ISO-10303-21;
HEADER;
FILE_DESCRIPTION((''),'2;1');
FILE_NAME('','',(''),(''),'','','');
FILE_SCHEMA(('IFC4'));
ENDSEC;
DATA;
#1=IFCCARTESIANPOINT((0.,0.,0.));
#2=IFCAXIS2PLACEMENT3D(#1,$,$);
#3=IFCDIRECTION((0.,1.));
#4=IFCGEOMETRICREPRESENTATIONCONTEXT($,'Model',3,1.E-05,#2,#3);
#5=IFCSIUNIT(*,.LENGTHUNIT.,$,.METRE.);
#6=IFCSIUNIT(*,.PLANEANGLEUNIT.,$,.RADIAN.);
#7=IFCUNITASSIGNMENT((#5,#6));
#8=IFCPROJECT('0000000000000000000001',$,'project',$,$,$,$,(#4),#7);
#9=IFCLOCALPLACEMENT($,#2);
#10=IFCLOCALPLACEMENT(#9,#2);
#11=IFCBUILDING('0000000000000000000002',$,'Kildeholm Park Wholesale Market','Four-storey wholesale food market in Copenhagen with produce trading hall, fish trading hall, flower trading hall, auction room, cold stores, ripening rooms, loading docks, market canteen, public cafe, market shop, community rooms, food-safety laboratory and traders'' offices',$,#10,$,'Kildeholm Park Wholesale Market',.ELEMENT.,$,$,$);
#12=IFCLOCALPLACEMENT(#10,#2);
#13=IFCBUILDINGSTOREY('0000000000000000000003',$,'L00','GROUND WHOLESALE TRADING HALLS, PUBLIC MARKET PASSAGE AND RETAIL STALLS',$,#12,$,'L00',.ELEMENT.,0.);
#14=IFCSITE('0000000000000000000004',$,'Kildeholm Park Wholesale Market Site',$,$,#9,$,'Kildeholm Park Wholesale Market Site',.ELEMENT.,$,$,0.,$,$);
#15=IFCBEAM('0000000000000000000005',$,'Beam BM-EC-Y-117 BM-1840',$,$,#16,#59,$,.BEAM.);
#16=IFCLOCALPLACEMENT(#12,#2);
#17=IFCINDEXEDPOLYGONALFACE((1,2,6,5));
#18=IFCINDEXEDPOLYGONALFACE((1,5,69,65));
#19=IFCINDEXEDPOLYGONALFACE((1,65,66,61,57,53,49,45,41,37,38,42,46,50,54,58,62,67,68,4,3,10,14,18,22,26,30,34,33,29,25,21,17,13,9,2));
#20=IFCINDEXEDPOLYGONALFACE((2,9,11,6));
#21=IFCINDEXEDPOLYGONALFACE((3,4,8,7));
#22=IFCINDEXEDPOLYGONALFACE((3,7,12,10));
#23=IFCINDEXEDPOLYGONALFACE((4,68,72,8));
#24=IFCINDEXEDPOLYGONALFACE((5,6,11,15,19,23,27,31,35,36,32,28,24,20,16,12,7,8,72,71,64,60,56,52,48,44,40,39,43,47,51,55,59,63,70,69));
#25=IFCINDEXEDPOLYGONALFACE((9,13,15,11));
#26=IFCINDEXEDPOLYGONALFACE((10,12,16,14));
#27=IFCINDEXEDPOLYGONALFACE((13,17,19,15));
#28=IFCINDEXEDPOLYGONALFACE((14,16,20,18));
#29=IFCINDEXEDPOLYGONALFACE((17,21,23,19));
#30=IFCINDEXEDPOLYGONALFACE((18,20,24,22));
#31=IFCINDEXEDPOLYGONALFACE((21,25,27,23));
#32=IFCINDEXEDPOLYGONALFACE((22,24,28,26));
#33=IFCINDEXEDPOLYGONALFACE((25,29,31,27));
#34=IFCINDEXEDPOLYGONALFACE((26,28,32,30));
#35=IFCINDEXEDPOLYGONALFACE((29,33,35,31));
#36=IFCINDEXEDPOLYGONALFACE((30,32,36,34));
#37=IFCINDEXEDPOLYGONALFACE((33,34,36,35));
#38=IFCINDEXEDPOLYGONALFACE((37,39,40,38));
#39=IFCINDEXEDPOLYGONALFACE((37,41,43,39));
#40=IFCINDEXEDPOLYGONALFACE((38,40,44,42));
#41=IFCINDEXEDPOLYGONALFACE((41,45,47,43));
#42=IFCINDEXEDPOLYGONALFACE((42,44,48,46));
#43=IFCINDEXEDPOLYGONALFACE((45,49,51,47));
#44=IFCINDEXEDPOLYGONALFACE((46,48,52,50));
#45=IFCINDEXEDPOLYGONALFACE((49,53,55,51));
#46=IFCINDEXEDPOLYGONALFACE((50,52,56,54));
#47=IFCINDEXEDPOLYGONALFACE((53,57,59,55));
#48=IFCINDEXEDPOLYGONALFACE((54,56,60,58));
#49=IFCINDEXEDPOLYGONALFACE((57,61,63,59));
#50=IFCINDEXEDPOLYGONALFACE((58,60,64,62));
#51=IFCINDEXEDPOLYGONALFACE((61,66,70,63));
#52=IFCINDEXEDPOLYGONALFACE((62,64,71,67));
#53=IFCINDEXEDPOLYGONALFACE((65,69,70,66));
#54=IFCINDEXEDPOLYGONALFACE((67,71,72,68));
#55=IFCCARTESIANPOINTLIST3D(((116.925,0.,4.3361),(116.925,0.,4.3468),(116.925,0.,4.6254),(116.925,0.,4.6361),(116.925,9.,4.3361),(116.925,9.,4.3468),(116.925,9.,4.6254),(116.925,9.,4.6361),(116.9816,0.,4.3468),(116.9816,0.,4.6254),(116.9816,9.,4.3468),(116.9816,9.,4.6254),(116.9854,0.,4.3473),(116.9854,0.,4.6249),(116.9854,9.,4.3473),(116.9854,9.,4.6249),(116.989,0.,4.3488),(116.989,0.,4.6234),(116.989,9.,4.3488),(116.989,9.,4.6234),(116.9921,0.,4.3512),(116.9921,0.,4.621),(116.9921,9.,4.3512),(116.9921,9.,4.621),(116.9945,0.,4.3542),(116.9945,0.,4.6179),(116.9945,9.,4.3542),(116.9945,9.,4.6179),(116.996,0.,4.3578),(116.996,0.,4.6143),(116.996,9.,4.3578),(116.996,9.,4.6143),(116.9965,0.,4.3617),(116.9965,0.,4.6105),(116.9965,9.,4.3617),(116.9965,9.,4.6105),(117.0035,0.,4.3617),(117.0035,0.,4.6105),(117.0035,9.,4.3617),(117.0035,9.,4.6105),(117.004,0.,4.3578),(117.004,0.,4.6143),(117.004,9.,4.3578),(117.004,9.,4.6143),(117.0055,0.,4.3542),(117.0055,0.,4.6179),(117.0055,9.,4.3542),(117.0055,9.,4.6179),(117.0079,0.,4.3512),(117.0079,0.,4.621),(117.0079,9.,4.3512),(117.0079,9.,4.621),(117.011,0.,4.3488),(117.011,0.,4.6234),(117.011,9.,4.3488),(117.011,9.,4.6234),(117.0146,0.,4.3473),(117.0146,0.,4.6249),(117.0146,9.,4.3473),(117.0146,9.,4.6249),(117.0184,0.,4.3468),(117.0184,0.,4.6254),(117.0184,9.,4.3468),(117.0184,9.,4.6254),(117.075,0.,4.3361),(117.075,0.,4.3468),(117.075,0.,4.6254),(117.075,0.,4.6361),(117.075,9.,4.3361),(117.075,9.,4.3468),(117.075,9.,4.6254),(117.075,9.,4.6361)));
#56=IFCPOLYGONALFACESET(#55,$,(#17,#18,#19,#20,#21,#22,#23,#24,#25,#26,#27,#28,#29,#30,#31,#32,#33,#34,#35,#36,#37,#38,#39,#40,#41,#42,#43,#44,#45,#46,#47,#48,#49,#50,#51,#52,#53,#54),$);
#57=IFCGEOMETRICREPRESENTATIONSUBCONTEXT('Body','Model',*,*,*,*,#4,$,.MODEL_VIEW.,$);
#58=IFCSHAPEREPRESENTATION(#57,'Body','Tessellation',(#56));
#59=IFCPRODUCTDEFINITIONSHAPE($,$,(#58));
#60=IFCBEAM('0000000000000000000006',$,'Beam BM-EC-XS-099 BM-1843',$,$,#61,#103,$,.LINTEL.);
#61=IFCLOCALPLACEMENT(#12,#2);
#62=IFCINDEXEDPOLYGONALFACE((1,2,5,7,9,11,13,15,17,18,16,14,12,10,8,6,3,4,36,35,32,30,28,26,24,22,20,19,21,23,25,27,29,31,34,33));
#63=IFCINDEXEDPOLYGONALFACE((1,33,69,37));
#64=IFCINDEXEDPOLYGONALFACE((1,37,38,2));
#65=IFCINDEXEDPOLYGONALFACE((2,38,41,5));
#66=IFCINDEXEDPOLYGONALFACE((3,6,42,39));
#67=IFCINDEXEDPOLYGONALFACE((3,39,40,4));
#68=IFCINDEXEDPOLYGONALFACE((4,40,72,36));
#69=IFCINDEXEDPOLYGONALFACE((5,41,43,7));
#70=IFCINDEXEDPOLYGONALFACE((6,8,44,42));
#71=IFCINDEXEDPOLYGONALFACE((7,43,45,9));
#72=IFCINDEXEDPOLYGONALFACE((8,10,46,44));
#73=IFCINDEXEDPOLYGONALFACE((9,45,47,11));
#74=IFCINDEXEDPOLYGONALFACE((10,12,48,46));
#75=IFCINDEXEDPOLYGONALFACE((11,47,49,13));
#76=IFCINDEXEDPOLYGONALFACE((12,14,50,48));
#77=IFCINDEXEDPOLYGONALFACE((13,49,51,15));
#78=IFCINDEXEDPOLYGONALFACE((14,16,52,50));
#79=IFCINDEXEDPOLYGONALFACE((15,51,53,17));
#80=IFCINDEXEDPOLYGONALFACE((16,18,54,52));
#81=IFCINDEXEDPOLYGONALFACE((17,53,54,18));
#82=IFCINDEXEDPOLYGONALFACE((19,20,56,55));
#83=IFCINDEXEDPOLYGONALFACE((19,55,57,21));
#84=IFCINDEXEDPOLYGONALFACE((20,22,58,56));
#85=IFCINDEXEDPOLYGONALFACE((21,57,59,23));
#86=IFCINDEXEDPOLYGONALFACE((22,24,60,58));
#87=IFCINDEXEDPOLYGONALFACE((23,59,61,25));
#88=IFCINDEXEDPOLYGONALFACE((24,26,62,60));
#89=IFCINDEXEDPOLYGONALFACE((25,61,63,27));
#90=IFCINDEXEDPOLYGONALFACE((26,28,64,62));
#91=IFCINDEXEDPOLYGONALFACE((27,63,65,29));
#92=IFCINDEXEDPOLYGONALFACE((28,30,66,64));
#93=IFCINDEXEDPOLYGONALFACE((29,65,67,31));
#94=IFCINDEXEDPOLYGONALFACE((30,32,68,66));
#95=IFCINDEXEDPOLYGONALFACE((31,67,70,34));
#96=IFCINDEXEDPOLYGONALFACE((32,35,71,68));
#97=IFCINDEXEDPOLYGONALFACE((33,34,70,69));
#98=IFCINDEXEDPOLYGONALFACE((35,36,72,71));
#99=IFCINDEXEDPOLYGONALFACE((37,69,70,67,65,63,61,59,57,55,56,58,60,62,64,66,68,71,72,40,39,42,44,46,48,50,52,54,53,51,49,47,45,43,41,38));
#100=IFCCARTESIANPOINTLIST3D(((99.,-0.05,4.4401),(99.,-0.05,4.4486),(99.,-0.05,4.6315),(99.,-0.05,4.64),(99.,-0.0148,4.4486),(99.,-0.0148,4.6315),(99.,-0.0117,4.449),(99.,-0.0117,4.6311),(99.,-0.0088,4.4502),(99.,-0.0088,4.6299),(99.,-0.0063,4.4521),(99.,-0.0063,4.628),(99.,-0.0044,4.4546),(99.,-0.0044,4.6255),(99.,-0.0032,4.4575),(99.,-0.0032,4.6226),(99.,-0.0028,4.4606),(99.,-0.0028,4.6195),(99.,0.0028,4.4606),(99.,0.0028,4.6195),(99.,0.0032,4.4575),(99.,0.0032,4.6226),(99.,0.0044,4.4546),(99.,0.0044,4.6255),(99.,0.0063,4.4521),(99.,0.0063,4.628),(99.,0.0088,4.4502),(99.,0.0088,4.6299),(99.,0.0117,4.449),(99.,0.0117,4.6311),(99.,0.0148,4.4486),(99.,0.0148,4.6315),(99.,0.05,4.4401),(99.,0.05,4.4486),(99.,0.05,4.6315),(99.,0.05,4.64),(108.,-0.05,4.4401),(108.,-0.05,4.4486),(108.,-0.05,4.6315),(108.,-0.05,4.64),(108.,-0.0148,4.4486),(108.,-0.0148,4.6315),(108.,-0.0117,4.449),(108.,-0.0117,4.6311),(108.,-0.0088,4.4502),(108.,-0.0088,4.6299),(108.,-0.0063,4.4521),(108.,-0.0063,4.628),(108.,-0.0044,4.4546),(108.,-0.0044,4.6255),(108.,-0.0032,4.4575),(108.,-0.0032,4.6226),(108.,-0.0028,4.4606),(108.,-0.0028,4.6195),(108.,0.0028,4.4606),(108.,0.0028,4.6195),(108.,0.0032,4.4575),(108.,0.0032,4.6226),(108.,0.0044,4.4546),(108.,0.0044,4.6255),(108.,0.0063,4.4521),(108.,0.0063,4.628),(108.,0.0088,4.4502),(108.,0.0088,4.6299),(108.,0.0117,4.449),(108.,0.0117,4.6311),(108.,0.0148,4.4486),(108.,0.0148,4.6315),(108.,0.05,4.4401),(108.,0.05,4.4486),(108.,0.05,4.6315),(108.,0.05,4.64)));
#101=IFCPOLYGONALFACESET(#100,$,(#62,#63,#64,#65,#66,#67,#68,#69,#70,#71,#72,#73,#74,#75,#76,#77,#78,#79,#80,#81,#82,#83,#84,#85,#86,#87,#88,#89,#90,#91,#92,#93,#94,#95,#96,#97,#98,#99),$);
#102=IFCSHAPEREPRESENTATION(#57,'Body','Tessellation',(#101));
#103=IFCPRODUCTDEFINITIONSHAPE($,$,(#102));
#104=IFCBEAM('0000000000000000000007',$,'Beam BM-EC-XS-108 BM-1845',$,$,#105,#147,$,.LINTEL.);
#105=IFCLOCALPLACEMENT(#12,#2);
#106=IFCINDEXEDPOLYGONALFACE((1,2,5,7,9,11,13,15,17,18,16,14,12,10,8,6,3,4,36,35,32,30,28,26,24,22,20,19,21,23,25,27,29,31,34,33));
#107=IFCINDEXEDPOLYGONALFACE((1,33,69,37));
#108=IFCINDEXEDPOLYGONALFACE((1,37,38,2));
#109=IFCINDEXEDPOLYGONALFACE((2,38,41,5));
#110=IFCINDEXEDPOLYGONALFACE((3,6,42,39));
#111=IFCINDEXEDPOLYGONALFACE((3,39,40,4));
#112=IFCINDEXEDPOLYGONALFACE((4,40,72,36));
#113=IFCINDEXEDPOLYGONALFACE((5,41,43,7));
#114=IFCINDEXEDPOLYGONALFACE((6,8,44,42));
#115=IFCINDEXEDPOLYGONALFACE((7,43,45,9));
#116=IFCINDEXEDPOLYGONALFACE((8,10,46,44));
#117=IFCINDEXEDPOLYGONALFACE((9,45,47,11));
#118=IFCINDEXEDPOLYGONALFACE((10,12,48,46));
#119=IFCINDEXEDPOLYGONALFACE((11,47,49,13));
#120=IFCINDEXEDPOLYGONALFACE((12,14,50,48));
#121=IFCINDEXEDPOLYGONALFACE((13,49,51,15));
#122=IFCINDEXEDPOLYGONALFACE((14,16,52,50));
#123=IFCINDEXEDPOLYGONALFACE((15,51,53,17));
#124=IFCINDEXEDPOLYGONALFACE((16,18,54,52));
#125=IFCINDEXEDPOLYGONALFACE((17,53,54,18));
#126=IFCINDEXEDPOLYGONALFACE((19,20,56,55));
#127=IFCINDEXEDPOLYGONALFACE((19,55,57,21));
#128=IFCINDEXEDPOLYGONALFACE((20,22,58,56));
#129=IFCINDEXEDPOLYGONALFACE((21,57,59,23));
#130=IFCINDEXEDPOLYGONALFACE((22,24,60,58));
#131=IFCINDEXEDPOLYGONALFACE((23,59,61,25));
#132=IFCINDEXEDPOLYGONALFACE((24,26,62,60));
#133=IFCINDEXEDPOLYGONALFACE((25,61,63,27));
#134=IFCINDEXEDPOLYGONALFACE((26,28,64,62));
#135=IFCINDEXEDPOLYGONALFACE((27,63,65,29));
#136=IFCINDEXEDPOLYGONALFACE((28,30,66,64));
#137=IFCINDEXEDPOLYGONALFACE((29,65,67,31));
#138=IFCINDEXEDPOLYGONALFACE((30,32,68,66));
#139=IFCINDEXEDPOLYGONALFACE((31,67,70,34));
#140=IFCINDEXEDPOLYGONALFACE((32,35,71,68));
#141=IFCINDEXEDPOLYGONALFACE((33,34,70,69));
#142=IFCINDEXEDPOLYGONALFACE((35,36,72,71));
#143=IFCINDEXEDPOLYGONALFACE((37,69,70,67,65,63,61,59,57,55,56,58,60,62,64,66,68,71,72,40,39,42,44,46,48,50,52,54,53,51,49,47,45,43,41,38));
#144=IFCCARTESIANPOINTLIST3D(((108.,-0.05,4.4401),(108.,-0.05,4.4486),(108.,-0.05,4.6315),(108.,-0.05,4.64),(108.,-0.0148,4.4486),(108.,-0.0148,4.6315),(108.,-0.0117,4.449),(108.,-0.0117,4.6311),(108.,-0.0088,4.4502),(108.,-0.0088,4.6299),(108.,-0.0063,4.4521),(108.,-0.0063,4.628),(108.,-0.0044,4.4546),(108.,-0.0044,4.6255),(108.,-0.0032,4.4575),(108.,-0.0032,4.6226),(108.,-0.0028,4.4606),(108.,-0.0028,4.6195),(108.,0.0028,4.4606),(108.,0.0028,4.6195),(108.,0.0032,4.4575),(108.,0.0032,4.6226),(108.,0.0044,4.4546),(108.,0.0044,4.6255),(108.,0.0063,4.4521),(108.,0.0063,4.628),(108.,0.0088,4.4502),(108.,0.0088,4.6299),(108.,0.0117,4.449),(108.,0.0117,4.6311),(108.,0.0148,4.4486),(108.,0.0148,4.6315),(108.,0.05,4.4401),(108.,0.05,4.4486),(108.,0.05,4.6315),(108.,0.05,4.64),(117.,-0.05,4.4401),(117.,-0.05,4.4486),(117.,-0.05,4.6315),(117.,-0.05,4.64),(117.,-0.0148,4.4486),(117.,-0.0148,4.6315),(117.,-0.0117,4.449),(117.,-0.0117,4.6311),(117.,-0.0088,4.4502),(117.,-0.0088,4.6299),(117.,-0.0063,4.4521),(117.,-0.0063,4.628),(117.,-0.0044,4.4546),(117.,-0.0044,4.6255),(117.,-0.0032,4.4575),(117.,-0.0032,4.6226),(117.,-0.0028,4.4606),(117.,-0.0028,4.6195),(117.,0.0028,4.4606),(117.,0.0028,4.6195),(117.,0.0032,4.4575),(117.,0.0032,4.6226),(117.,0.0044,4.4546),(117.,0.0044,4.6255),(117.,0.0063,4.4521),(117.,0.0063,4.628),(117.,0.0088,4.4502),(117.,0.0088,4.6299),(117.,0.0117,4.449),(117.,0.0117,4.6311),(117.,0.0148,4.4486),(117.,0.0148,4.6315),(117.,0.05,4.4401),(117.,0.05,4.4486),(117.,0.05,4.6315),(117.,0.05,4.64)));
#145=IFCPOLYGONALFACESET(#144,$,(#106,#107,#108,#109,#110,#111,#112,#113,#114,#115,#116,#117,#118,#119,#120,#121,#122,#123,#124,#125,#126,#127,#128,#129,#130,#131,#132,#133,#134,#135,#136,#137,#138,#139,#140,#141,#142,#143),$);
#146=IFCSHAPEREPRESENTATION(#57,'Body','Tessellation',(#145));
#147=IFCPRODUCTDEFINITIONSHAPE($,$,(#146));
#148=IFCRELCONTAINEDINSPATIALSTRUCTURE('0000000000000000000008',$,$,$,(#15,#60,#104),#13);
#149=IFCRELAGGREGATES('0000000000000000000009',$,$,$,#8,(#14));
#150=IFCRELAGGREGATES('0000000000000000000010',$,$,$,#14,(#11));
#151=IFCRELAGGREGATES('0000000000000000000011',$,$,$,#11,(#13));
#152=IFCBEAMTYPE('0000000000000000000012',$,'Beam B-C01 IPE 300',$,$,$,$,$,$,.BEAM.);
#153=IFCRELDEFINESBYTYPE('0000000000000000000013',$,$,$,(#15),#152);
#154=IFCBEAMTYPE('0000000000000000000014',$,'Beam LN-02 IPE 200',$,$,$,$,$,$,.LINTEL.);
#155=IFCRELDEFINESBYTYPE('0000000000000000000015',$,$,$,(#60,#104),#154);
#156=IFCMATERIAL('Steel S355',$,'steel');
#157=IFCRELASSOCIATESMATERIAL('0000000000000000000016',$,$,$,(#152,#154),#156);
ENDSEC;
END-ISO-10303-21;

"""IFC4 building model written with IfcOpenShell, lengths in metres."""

from ifc_helpers import new_model, si_unit, direction, frame, origin, origin_2d, place, context, subcontext, project, spatial, i_section, extrude, material, material_profile, profile_set, type_object, element, save


model = new_model("IFC4")

# Units and contexts
model_context = context("Model", 3, precision=1e-05, world=origin(), true_north=direction((0.0, 1.0)))
body_context = subcontext(model_context, "Body", "Model", "MODEL_VIEW")
ifc_project = project(units=[si_unit("LENGTHUNIT", "METRE"), si_unit("PLANEANGLEUNIT", "RADIAN")], contexts=[model_context])

# Site, building, storey
site_placement = place(None, origin())
site = spatial("IfcSite", under=ifc_project, at=site_placement, Name="Kildeholm Park Wholesale Market Site", LongName="Kildeholm Park Wholesale Market Site", CompositionType="ELEMENT", RefElevation=0.0)
building_placement = place(site_placement, origin())
building = spatial("IfcBuilding", under=site, at=building_placement, Name="Kildeholm Park Wholesale Market", Description="Four-storey wholesale food market in Copenhagen with produce trading hall, fish trading hall, flower trading hall, auction room, cold stores, ripening rooms, loading docks, market canteen, public cafe, market shop, community rooms, food-safety laboratory and traders' offices", LongName="Kildeholm Park Wholesale Market", CompositionType="ELEMENT")
storey_placement = place(building_placement, origin())
storey = spatial("IfcBuildingStorey", under=building, at=storey_placement, Name="L00", Description="GROUND WHOLESALE TRADING HALLS, PUBLIC MARKET PASSAGE AND RETAIL STALLS", LongName="L00", CompositionType="ELEMENT", Elevation=0.0)

# Shared definitions
ifc_material_1 = material(Name="Steel S355", Category="steel")

# Beams
ifc_material_profile_1 = material_profile(ifc_material_1, i_section(OverallWidth=0.1499, OverallDepth=0.3, WebThickness=0.0071, FlangeThickness=0.0107, FilletRadius=0.0149, at=origin_2d()), Name="IPE 300")
ifc_profile_set_1 = profile_set([ifc_material_profile_1], Name="Steel S355")
beam_type_1 = type_object("IfcBeamType", Name="Beam B-C01 IPE 300", PredefinedType="BEAM", material=ifc_profile_set_1)
for number, where, z_axis, x_axis, name in (
    (1, (117.0, 0.0, 4.4861), (0.0, 1.0, 0.0), (-1.0, 0.0, 0.0), "Beam BM-EC-Y-117 BM-1840"),
):
    element("IfcBeam", number, at=place(storey_placement, frame(where, z_axis=z_axis, x_axis=x_axis)), inside=storey, type_object=beam_type_1, Name=name, PredefinedType="BEAM", context=body_context, shape_type="SweptSolid", body=[
        extrude(i_section(OverallWidth=0.1499, OverallDepth=0.3, WebThickness=0.0071, FlangeThickness=0.0107, FilletRadius=0.0149, at=origin_2d()), origin(), (0.0, 0.0, 1.0), 9.0),
    ])
ifc_material_profile_2 = material_profile(ifc_material_1, i_section(OverallWidth=0.1001, OverallDepth=0.2, WebThickness=0.0056, FlangeThickness=0.0085, FilletRadius=0.012, at=origin_2d()), Name="IPE 200")
ifc_profile_set_2 = profile_set([ifc_material_profile_2], Name="Steel S355")
beam_type_2 = type_object("IfcBeamType", Name="Beam LN-02 IPE 200", PredefinedType="LINTEL", material=ifc_profile_set_2)
for number, where, z_axis, x_axis, name in (
    (2, (99.0, 0.0, 4.54), (1.0, 0.0, 0.0), (0.0, 1.0, 0.0), "Beam BM-EC-XS-099 BM-1843"),
    (3, (108.0, 0.0, 4.54), (1.0, 0.0, 0.0), (0.0, 1.0, 0.0), "Beam BM-EC-XS-108 BM-1845"),
):
    element("IfcBeam", number, at=place(storey_placement, frame(where, z_axis=z_axis, x_axis=x_axis)), inside=storey, type_object=beam_type_2, Name=name, PredefinedType="LINTEL", context=body_context, shape_type="SweptSolid", body=[
        extrude(i_section(OverallWidth=0.1001, OverallDepth=0.2, WebThickness=0.0056, FlangeThickness=0.0085, FilletRadius=0.012, at=origin_2d()), origin(), (0.0, 0.0, 1.0), 9.0),
    ])

save(model, "model.ifc")
